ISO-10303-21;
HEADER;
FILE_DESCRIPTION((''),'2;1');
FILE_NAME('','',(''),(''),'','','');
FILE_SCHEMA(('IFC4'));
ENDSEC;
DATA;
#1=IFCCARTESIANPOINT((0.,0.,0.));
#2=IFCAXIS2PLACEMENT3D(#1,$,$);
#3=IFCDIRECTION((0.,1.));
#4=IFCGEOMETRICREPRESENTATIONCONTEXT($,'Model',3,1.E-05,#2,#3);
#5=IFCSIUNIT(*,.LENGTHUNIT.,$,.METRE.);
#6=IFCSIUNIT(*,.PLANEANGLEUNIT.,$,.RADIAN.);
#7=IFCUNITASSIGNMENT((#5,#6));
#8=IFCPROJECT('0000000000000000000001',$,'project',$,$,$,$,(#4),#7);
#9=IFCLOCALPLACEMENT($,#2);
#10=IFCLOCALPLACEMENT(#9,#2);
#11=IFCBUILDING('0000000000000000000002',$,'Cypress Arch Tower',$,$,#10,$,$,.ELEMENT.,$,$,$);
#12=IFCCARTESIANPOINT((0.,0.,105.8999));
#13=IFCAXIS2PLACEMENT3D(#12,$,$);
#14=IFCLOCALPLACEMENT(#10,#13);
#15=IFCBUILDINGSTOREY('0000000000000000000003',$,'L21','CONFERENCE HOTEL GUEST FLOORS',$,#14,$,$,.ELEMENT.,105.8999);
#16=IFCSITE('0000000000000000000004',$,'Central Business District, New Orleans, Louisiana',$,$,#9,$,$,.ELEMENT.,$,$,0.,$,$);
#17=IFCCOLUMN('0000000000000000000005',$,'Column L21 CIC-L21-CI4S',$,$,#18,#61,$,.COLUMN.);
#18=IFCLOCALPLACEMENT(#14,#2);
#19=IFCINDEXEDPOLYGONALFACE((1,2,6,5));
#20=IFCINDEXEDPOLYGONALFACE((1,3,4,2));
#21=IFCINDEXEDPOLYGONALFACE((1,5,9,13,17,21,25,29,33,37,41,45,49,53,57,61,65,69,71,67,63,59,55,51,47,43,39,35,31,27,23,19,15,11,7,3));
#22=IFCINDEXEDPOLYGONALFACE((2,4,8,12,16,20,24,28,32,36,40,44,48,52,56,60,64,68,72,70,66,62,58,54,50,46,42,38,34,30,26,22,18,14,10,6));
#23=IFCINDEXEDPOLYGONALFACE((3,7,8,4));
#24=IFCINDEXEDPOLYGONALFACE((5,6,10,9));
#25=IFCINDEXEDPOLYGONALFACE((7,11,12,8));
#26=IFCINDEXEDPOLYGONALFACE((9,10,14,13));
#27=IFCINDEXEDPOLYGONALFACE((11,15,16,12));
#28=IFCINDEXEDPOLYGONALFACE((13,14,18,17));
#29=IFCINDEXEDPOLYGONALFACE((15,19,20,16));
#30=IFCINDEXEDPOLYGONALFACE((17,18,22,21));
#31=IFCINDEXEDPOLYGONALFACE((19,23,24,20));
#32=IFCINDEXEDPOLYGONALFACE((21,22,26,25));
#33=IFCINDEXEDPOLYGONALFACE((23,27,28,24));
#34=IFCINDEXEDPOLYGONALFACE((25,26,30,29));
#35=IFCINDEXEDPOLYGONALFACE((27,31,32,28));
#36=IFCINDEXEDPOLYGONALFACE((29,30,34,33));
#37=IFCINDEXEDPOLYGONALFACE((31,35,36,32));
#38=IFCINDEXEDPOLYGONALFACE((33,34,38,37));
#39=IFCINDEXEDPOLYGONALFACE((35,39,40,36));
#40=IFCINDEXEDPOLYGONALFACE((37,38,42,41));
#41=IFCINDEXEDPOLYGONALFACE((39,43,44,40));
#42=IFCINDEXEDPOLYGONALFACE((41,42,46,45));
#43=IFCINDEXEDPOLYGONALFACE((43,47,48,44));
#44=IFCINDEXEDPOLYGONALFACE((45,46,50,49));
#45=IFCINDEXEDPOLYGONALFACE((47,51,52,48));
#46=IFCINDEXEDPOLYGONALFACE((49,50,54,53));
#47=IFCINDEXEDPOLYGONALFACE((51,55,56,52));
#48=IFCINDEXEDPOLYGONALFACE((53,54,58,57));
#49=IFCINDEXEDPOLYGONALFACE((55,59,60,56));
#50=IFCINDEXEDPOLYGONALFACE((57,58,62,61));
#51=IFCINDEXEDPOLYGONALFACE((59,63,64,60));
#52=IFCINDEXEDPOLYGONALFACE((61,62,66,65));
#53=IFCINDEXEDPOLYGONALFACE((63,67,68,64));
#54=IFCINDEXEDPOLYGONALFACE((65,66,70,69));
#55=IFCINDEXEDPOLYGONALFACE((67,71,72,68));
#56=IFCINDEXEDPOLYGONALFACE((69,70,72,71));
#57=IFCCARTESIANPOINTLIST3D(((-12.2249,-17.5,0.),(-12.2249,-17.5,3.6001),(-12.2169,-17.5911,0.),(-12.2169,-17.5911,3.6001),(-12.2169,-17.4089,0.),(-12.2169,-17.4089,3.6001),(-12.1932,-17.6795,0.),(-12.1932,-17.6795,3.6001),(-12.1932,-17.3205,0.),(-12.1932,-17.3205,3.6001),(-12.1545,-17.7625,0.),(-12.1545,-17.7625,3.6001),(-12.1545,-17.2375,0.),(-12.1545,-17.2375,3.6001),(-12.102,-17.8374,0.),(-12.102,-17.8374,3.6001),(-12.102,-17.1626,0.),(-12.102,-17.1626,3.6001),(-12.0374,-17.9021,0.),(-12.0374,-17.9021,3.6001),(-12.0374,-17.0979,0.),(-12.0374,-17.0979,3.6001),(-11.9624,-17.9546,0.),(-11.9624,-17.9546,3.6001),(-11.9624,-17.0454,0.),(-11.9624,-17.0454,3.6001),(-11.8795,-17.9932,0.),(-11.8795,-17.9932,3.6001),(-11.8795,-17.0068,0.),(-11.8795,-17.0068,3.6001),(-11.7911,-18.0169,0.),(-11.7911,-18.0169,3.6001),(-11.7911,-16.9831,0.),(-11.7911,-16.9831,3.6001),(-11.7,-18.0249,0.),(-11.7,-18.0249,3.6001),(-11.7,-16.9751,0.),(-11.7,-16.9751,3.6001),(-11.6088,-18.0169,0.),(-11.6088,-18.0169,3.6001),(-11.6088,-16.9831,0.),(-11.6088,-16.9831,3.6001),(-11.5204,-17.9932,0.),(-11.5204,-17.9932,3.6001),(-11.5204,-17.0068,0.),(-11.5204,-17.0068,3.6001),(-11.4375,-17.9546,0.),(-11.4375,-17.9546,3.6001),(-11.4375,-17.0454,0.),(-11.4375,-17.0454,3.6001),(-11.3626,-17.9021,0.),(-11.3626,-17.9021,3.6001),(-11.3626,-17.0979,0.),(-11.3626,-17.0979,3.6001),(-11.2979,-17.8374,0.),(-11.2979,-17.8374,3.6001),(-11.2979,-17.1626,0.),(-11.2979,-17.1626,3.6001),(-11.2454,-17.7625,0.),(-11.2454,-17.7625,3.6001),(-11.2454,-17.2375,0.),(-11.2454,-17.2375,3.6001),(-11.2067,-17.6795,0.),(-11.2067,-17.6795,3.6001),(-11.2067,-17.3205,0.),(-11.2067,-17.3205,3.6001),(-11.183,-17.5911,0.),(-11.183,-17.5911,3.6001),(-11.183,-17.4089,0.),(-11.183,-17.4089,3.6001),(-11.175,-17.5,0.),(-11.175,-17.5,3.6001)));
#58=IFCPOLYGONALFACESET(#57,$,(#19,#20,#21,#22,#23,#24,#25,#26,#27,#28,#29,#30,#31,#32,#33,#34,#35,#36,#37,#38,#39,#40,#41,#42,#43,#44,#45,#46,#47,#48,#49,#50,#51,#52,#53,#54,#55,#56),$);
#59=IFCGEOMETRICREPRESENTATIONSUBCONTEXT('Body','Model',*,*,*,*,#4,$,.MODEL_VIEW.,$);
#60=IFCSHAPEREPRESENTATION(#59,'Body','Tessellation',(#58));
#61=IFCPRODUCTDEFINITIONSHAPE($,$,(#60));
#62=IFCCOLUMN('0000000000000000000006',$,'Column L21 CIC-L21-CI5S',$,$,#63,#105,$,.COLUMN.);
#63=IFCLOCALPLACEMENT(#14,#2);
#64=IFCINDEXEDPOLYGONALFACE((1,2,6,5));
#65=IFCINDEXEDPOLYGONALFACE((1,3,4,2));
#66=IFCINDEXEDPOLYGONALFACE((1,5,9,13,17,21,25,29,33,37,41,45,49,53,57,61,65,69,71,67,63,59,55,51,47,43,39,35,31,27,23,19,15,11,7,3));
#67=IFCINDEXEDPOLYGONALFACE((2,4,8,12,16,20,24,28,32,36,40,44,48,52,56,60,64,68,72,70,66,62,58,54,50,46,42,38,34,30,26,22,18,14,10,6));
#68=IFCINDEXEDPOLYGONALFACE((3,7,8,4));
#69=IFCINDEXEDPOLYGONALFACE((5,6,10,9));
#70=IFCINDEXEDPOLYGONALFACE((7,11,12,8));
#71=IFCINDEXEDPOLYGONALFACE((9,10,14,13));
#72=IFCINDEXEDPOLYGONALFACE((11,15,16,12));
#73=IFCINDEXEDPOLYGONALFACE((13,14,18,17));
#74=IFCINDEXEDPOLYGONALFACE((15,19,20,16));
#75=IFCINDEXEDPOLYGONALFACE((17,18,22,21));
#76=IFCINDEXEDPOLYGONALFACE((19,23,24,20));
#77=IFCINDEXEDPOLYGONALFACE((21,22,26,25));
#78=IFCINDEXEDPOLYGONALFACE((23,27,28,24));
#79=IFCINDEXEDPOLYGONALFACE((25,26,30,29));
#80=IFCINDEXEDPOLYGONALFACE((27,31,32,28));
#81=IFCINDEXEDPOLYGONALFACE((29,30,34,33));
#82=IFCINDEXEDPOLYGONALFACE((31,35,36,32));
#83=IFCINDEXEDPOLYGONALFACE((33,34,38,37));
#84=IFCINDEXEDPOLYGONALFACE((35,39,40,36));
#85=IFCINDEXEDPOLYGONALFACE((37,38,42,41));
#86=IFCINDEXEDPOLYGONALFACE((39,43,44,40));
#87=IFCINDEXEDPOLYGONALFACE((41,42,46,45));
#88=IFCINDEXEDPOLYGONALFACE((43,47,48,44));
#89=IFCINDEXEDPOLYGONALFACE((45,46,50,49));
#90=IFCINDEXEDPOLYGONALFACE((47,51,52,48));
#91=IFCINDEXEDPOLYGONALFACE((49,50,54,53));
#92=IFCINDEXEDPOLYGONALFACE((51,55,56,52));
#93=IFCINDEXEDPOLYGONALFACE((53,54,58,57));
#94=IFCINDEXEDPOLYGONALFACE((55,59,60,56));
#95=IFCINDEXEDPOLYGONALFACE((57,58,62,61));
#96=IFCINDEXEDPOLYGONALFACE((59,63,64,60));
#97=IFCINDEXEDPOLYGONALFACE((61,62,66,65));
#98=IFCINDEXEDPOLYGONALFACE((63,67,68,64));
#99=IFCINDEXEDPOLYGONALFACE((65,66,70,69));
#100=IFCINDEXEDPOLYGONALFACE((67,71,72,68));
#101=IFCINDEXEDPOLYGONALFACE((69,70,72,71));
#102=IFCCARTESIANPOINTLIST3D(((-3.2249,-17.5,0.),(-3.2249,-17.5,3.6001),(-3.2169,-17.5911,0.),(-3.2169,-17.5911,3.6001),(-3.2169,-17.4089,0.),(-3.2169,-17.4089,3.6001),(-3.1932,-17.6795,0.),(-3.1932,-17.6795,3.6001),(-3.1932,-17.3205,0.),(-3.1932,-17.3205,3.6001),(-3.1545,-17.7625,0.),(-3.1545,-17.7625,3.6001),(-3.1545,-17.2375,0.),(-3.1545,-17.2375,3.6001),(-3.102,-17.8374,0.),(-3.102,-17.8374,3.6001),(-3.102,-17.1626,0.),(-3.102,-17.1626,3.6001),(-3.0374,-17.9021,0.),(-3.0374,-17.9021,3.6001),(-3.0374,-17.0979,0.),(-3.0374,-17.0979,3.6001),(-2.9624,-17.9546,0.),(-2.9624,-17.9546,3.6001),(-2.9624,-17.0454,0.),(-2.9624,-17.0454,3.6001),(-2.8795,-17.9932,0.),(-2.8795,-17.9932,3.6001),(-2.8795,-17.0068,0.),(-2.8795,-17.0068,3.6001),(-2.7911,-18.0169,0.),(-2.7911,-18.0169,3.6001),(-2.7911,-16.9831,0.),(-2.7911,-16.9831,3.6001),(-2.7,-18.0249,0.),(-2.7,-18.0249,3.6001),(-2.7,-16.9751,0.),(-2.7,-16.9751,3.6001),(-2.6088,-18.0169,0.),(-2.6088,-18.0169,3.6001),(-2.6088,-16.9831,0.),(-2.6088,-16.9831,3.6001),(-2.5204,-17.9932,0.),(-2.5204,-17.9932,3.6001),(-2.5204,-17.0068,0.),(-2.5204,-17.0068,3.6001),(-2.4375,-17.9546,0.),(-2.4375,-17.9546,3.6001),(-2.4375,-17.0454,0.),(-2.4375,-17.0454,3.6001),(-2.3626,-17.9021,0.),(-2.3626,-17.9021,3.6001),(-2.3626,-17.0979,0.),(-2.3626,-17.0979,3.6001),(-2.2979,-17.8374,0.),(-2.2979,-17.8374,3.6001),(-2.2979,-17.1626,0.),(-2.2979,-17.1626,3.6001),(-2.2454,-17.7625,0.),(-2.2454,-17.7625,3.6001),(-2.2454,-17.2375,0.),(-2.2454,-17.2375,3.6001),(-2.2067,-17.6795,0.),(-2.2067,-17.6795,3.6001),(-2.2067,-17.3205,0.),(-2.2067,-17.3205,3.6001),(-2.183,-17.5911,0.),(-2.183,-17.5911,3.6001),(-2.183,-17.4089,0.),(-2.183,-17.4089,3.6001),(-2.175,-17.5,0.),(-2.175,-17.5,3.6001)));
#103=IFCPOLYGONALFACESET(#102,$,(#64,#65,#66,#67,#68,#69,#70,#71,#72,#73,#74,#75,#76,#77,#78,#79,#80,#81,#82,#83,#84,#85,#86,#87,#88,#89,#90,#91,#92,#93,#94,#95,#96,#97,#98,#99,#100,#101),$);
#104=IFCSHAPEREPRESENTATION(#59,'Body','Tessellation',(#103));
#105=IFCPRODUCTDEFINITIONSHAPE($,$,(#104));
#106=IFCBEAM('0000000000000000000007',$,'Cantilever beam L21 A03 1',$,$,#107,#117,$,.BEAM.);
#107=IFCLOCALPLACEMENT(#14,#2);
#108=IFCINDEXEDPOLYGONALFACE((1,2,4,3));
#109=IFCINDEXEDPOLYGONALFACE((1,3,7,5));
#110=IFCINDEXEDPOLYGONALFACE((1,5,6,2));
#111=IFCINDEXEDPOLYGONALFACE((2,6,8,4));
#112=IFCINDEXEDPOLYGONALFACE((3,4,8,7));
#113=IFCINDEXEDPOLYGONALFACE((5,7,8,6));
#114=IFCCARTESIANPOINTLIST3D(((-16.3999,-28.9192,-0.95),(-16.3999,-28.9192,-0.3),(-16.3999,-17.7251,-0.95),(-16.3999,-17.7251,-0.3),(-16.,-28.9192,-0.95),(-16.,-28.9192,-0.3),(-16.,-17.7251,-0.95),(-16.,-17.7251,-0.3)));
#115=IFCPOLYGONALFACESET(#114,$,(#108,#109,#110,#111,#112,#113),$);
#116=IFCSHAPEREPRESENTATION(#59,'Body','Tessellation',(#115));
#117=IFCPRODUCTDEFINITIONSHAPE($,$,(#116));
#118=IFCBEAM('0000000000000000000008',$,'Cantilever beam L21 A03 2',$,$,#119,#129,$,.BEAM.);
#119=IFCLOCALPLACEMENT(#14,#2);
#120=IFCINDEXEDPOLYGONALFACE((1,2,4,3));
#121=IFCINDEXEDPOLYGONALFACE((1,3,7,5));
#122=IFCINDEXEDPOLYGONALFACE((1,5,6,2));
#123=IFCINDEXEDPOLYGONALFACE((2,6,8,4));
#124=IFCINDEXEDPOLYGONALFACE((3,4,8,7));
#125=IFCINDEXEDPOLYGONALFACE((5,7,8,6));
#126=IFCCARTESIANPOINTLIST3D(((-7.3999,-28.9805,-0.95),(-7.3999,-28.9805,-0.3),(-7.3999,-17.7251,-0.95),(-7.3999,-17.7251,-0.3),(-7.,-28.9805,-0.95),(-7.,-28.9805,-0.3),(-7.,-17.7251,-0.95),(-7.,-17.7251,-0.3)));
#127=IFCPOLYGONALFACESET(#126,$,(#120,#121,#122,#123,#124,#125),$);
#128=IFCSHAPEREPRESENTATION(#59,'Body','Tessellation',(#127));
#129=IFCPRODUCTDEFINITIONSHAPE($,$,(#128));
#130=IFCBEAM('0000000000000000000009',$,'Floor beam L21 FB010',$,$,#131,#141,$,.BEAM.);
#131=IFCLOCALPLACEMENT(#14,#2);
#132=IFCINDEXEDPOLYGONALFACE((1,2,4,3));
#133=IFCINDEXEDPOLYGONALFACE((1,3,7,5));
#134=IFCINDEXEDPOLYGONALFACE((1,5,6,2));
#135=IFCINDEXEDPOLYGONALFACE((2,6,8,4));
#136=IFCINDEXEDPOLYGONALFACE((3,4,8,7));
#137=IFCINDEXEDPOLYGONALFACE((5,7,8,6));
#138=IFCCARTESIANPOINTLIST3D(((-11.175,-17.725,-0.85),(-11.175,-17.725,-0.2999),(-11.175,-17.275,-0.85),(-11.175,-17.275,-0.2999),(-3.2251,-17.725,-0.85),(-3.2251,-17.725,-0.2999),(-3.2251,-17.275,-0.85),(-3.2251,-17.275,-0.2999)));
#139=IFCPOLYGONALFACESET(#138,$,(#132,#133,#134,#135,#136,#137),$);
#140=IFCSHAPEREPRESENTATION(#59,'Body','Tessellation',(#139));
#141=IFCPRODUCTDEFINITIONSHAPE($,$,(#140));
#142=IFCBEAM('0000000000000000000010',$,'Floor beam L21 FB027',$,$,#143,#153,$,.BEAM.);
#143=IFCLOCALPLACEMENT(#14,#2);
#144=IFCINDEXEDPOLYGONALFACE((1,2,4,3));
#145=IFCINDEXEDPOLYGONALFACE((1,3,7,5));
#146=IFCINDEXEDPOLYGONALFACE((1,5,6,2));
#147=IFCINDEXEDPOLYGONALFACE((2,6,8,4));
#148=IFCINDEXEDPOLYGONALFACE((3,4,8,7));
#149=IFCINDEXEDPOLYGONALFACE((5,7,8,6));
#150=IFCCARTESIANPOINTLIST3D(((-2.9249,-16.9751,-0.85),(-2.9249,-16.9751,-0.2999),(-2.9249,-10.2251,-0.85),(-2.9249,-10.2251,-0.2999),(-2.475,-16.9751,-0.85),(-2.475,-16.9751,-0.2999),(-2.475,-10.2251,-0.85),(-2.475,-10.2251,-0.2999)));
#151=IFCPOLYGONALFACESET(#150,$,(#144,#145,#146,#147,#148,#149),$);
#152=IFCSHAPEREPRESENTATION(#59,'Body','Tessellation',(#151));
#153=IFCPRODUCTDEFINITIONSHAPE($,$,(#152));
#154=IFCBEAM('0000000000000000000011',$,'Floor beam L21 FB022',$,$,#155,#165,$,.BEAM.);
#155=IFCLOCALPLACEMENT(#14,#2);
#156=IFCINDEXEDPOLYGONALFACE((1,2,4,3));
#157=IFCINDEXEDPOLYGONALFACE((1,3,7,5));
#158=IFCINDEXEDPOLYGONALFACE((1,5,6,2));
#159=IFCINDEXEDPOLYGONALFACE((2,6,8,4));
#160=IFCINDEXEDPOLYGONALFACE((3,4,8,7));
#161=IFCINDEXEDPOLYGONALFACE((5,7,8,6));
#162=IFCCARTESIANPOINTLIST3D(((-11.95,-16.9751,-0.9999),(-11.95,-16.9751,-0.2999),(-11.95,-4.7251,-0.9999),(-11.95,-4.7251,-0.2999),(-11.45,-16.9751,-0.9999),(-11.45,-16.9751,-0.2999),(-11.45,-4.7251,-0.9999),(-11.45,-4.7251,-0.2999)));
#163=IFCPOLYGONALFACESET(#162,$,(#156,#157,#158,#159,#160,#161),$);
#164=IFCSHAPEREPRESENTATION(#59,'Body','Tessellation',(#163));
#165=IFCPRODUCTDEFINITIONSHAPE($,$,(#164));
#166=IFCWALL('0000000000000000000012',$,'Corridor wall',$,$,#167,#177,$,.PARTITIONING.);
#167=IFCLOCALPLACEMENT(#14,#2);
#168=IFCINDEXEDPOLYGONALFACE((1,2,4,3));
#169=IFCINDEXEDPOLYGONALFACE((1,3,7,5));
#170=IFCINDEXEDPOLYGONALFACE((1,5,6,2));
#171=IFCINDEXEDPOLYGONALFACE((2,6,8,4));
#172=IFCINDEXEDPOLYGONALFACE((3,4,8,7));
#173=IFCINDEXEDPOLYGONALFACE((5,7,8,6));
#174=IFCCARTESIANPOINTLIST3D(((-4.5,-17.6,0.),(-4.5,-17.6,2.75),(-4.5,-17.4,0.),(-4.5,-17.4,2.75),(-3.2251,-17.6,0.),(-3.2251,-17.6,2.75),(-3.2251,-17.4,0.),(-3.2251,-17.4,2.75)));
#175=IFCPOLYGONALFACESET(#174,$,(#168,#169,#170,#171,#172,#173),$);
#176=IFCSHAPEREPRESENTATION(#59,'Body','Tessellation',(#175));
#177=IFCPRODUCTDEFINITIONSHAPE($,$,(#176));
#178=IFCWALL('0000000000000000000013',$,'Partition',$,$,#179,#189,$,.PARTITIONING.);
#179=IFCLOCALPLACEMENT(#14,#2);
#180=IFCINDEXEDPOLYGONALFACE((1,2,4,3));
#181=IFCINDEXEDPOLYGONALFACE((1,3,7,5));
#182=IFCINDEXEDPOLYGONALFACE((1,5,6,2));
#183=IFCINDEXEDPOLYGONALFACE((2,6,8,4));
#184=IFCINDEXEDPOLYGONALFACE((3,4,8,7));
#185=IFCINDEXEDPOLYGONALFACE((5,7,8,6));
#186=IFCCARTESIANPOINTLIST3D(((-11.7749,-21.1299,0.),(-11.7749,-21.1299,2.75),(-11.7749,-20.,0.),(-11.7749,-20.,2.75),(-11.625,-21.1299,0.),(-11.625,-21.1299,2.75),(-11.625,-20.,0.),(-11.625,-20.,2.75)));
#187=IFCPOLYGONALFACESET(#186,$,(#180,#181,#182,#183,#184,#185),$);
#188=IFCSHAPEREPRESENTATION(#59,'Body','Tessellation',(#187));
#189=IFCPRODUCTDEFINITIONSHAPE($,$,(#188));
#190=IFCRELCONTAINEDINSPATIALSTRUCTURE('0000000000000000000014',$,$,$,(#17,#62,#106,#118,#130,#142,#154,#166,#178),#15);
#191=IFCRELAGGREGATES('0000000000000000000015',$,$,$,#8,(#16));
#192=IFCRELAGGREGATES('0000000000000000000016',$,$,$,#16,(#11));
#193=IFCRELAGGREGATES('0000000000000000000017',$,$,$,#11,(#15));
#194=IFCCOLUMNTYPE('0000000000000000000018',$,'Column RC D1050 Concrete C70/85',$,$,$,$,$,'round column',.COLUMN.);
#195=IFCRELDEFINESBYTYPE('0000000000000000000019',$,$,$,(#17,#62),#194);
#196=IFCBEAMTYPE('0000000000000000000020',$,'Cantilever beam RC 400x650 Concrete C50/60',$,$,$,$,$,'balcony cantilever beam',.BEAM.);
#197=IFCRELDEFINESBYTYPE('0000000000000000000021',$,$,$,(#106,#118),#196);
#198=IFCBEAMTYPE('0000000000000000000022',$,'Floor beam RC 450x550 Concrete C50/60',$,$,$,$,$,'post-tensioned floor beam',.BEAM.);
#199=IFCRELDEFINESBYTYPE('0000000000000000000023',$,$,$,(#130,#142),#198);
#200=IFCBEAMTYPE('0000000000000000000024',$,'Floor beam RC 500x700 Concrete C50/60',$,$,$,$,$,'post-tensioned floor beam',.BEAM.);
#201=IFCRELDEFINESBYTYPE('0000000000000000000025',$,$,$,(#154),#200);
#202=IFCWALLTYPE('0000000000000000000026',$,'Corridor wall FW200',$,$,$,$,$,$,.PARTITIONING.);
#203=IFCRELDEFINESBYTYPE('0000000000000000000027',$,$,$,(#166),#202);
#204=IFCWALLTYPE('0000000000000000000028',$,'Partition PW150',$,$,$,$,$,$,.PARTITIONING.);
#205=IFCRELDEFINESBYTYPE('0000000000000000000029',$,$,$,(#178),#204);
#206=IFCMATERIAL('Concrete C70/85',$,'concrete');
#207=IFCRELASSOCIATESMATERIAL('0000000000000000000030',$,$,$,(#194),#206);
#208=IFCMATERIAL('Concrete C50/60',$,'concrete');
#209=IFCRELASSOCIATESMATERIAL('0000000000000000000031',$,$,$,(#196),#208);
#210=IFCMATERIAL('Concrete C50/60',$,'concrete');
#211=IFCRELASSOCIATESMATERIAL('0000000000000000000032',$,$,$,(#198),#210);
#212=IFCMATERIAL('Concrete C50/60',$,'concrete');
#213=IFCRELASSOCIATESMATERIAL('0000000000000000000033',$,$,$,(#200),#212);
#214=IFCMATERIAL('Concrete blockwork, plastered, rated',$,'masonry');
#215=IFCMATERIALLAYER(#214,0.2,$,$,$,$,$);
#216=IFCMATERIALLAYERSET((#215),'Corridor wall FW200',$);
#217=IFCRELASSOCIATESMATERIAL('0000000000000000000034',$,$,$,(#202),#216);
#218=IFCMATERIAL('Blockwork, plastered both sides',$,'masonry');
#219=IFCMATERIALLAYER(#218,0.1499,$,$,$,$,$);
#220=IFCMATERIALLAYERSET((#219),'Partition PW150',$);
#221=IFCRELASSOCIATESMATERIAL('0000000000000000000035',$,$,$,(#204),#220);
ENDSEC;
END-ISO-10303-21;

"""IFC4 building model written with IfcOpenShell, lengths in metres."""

from ifc_helpers import new_model, si_unit, direction, frame, frame_2d, origin, origin_2d, place, context, subcontext, project, spatial, rectangle, circle, extrude, material, layer, layer_set, material_profile, profile_set, type_object, element, save


model = new_model("IFC4")

# Units and contexts
model_context = context("Model", 3, precision=1e-05, world=origin(), true_north=direction((0.0, 1.0)))
body_context = subcontext(model_context, "Body", "Model", "MODEL_VIEW")
ifc_project = project(units=[si_unit("LENGTHUNIT", "METRE"), si_unit("PLANEANGLEUNIT", "RADIAN")], contexts=[model_context])

# Site, building, storey
site_placement = place(None, origin())
site = spatial("IfcSite", under=ifc_project, at=site_placement, Name="Central Business District, New Orleans, Louisiana", CompositionType="ELEMENT", RefElevation=0.0)
building_placement = place(site_placement, origin())
building = spatial("IfcBuilding", under=site, at=building_placement, Name="Cypress Arch Tower", CompositionType="ELEMENT")
storey_placement = place(building_placement, frame((0.0, 0.0, 105.8999)))
storey = spatial("IfcBuildingStorey", under=building, at=storey_placement, Name="L21", Description="CONFERENCE HOTEL GUEST FLOORS", CompositionType="ELEMENT", Elevation=105.8999)

# Columns
ifc_material_1 = material(Name="Concrete C70/85", Category="concrete")
ifc_material_profile_1 = material_profile(ifc_material_1, circle(Radius=0.5249, at=origin_2d()), Name="RC D1050")
ifc_profile_set_1 = profile_set([ifc_material_profile_1], Name="Concrete C70/85")
column_type = type_object("IfcColumnType", Name="Column RC D1050 Concrete C70/85", ElementType="round column", PredefinedType="COLUMN", material=ifc_profile_set_1)
for number, where, z_axis, x_axis, name in (
    (1, (-11.7, -17.5, 0.0), (0.0, 0.0, 1.0), (1.0, 0.0, 0.0), "Column L21 CIC-L21-CI4S"),
    (2, (-2.7, -17.5, 0.0), (0.0, 0.0, 1.0), (1.0, 0.0, 0.0), "Column L21 CIC-L21-CI5S"),
):
    element("IfcColumn", number, at=place(storey_placement, frame(where, z_axis=z_axis, x_axis=x_axis)), inside=storey, type_object=column_type, Name=name, PredefinedType="COLUMN", context=body_context, shape_type="SweptSolid", body=[
        extrude(circle(Radius=0.5249, at=origin_2d()), origin(), (0.0, 0.0, 1.0), 3.6001),
    ])

# Beams
ifc_material_2 = material(Name="Concrete C50/60", Category="concrete")
ifc_material_profile_2 = material_profile(ifc_material_2, rectangle(XDim=0.3999, YDim=0.6499, at=origin_2d()), Name="RC 400x650")
ifc_profile_set_2 = profile_set([ifc_material_profile_2], Name="Concrete C50/60")
beam_type_1 = type_object("IfcBeamType", Name="Cantilever beam RC 400x650 Concrete C50/60", ElementType="balcony cantilever beam", PredefinedType="BEAM", material=ifc_profile_set_2)
beam_1_placement = place(storey_placement, frame((-16.2, -17.7251, -0.625), z_axis=(0.0, -1.0, 0.0), x_axis=(1.0, 0.0, 0.0)))
element("IfcBeam", 3, at=beam_1_placement, inside=storey, type_object=beam_type_1, Name="Cantilever beam L21 A03 1", PredefinedType="BEAM", context=body_context, shape_type="SweptSolid", body=[
    extrude(rectangle(XDim=0.3999, YDim=0.6499, at=origin_2d()), origin(), (0.0, 0.0, 1.0), 11.1941),
])
beam_2_placement = place(storey_placement, frame((-7.2, -17.7251, -0.625), z_axis=(0.0, -1.0, 0.0), x_axis=(1.0, 0.0, 0.0)))
element("IfcBeam", 4, at=beam_2_placement, inside=storey, type_object=beam_type_1, Name="Cantilever beam L21 A03 2", PredefinedType="BEAM", context=body_context, shape_type="SweptSolid", body=[
    extrude(rectangle(XDim=0.3999, YDim=0.6499, at=origin_2d()), origin(), (0.0, 0.0, 1.0), 11.2554),
])
ifc_material_3 = material(Name="Concrete C50/60", Category="concrete")
ifc_material_profile_3 = material_profile(ifc_material_3, rectangle(XDim=0.45, YDim=0.55, at=origin_2d()), Name="RC 450x550")
ifc_profile_set_3 = profile_set([ifc_material_profile_3], Name="Concrete C50/60")
beam_type_2 = type_object("IfcBeamType", Name="Floor beam RC 450x550 Concrete C50/60", ElementType="post-tensioned floor beam", PredefinedType="BEAM", material=ifc_profile_set_3)
beam_3_placement = place(storey_placement, frame((-11.175, -17.5, -0.575), z_axis=(1.0, 0.0, 0.0), x_axis=(0.0, 1.0, 0.0)))
element("IfcBeam", 5, at=beam_3_placement, inside=storey, type_object=beam_type_2, Name="Floor beam L21 FB010", PredefinedType="BEAM", context=body_context, shape_type="SweptSolid", body=[
    extrude(rectangle(XDim=0.45, YDim=0.55, at=origin_2d()), origin(), (0.0, 0.0, 1.0), 7.95),
])
beam_4_placement = place(storey_placement, frame((-2.7, -16.9751, -0.575), z_axis=(0.0, 1.0, 0.0), x_axis=(-1.0, 0.0, 0.0)))
element("IfcBeam", 6, at=beam_4_placement, inside=storey, type_object=beam_type_2, Name="Floor beam L21 FB027", PredefinedType="BEAM", context=body_context, shape_type="SweptSolid", body=[
    extrude(rectangle(XDim=0.45, YDim=0.55, at=origin_2d()), origin(), (0.0, 0.0, 1.0), 6.75),
])
ifc_material_4 = material(Name="Concrete C50/60", Category="concrete")
ifc_material_profile_4 = material_profile(ifc_material_4, rectangle(XDim=0.5, YDim=0.7, at=origin_2d()), Name="RC 500x700")
ifc_profile_set_4 = profile_set([ifc_material_profile_4], Name="Concrete C50/60")
beam_type_3 = type_object("IfcBeamType", Name="Floor beam RC 500x700 Concrete C50/60", ElementType="post-tensioned floor beam", PredefinedType="BEAM", material=ifc_profile_set_4)
beam_5_placement = place(storey_placement, frame((-11.7, -16.9751, -0.6499), z_axis=(0.0, 1.0, 0.0), x_axis=(-1.0, 0.0, 0.0)))
element("IfcBeam", 7, at=beam_5_placement, inside=storey, type_object=beam_type_3, Name="Floor beam L21 FB022", PredefinedType="BEAM", context=body_context, shape_type="SweptSolid", body=[
    extrude(rectangle(XDim=0.5, YDim=0.7, at=origin_2d()), origin(), (0.0, 0.0, 1.0), 12.25),
])

# Shared definitions
ifc_material_5 = material(Name="Concrete blockwork, plastered, rated", Category="masonry")
ifc_layer_1 = layer(ifc_material_5, 0.2)
ifc_layer_set_1 = layer_set([ifc_layer_1], Name="Corridor wall FW200")
wall_type_1 = type_object("IfcWallType", Name="Corridor wall FW200", PredefinedType="PARTITIONING", material=ifc_layer_set_1)

# Walls
wall_1_placement = place(storey_placement, frame((-4.5, -17.5, 0.0), z_axis=(0.0, 0.0, 1.0), x_axis=(1.0, 0.0, 0.0)))
element("IfcWall", 8, at=wall_1_placement, inside=storey, type_object=wall_type_1, Name="Corridor wall", PredefinedType="PARTITIONING", context=body_context, shape_type="SweptSolid", body=[
    extrude(rectangle(XDim=1.2749, YDim=0.2, at=frame_2d((0.6375, 0.0))), origin(), (0.0, 0.0, 1.0), 2.75),
])
ifc_material_6 = material(Name="Blockwork, plastered both sides", Category="masonry")
ifc_layer_2 = layer(ifc_material_6, 0.1499)
ifc_layer_set_2 = layer_set([ifc_layer_2], Name="Partition PW150")
wall_type_2 = type_object("IfcWallType", Name="Partition PW150", PredefinedType="PARTITIONING", material=ifc_layer_set_2)
for number, where, z_axis, x_axis, name in (
    (9, (-11.7, -21.1299, 0.0), (0.0, 0.0, 1.0), (0.0, 1.0, 0.0), "Partition"),
):
    element("IfcWall", number, at=place(storey_placement, frame(where, z_axis=z_axis, x_axis=x_axis)), inside=storey, type_object=wall_type_2, Name=name, PredefinedType="PARTITIONING", context=body_context, shape_type="SweptSolid", body=[
        extrude(rectangle(XDim=1.1299, YDim=0.1499, at=frame_2d((0.5649, 0.0))), origin(), (0.0, 0.0, 1.0), 2.75),
    ])

save(model, "model.ifc")
